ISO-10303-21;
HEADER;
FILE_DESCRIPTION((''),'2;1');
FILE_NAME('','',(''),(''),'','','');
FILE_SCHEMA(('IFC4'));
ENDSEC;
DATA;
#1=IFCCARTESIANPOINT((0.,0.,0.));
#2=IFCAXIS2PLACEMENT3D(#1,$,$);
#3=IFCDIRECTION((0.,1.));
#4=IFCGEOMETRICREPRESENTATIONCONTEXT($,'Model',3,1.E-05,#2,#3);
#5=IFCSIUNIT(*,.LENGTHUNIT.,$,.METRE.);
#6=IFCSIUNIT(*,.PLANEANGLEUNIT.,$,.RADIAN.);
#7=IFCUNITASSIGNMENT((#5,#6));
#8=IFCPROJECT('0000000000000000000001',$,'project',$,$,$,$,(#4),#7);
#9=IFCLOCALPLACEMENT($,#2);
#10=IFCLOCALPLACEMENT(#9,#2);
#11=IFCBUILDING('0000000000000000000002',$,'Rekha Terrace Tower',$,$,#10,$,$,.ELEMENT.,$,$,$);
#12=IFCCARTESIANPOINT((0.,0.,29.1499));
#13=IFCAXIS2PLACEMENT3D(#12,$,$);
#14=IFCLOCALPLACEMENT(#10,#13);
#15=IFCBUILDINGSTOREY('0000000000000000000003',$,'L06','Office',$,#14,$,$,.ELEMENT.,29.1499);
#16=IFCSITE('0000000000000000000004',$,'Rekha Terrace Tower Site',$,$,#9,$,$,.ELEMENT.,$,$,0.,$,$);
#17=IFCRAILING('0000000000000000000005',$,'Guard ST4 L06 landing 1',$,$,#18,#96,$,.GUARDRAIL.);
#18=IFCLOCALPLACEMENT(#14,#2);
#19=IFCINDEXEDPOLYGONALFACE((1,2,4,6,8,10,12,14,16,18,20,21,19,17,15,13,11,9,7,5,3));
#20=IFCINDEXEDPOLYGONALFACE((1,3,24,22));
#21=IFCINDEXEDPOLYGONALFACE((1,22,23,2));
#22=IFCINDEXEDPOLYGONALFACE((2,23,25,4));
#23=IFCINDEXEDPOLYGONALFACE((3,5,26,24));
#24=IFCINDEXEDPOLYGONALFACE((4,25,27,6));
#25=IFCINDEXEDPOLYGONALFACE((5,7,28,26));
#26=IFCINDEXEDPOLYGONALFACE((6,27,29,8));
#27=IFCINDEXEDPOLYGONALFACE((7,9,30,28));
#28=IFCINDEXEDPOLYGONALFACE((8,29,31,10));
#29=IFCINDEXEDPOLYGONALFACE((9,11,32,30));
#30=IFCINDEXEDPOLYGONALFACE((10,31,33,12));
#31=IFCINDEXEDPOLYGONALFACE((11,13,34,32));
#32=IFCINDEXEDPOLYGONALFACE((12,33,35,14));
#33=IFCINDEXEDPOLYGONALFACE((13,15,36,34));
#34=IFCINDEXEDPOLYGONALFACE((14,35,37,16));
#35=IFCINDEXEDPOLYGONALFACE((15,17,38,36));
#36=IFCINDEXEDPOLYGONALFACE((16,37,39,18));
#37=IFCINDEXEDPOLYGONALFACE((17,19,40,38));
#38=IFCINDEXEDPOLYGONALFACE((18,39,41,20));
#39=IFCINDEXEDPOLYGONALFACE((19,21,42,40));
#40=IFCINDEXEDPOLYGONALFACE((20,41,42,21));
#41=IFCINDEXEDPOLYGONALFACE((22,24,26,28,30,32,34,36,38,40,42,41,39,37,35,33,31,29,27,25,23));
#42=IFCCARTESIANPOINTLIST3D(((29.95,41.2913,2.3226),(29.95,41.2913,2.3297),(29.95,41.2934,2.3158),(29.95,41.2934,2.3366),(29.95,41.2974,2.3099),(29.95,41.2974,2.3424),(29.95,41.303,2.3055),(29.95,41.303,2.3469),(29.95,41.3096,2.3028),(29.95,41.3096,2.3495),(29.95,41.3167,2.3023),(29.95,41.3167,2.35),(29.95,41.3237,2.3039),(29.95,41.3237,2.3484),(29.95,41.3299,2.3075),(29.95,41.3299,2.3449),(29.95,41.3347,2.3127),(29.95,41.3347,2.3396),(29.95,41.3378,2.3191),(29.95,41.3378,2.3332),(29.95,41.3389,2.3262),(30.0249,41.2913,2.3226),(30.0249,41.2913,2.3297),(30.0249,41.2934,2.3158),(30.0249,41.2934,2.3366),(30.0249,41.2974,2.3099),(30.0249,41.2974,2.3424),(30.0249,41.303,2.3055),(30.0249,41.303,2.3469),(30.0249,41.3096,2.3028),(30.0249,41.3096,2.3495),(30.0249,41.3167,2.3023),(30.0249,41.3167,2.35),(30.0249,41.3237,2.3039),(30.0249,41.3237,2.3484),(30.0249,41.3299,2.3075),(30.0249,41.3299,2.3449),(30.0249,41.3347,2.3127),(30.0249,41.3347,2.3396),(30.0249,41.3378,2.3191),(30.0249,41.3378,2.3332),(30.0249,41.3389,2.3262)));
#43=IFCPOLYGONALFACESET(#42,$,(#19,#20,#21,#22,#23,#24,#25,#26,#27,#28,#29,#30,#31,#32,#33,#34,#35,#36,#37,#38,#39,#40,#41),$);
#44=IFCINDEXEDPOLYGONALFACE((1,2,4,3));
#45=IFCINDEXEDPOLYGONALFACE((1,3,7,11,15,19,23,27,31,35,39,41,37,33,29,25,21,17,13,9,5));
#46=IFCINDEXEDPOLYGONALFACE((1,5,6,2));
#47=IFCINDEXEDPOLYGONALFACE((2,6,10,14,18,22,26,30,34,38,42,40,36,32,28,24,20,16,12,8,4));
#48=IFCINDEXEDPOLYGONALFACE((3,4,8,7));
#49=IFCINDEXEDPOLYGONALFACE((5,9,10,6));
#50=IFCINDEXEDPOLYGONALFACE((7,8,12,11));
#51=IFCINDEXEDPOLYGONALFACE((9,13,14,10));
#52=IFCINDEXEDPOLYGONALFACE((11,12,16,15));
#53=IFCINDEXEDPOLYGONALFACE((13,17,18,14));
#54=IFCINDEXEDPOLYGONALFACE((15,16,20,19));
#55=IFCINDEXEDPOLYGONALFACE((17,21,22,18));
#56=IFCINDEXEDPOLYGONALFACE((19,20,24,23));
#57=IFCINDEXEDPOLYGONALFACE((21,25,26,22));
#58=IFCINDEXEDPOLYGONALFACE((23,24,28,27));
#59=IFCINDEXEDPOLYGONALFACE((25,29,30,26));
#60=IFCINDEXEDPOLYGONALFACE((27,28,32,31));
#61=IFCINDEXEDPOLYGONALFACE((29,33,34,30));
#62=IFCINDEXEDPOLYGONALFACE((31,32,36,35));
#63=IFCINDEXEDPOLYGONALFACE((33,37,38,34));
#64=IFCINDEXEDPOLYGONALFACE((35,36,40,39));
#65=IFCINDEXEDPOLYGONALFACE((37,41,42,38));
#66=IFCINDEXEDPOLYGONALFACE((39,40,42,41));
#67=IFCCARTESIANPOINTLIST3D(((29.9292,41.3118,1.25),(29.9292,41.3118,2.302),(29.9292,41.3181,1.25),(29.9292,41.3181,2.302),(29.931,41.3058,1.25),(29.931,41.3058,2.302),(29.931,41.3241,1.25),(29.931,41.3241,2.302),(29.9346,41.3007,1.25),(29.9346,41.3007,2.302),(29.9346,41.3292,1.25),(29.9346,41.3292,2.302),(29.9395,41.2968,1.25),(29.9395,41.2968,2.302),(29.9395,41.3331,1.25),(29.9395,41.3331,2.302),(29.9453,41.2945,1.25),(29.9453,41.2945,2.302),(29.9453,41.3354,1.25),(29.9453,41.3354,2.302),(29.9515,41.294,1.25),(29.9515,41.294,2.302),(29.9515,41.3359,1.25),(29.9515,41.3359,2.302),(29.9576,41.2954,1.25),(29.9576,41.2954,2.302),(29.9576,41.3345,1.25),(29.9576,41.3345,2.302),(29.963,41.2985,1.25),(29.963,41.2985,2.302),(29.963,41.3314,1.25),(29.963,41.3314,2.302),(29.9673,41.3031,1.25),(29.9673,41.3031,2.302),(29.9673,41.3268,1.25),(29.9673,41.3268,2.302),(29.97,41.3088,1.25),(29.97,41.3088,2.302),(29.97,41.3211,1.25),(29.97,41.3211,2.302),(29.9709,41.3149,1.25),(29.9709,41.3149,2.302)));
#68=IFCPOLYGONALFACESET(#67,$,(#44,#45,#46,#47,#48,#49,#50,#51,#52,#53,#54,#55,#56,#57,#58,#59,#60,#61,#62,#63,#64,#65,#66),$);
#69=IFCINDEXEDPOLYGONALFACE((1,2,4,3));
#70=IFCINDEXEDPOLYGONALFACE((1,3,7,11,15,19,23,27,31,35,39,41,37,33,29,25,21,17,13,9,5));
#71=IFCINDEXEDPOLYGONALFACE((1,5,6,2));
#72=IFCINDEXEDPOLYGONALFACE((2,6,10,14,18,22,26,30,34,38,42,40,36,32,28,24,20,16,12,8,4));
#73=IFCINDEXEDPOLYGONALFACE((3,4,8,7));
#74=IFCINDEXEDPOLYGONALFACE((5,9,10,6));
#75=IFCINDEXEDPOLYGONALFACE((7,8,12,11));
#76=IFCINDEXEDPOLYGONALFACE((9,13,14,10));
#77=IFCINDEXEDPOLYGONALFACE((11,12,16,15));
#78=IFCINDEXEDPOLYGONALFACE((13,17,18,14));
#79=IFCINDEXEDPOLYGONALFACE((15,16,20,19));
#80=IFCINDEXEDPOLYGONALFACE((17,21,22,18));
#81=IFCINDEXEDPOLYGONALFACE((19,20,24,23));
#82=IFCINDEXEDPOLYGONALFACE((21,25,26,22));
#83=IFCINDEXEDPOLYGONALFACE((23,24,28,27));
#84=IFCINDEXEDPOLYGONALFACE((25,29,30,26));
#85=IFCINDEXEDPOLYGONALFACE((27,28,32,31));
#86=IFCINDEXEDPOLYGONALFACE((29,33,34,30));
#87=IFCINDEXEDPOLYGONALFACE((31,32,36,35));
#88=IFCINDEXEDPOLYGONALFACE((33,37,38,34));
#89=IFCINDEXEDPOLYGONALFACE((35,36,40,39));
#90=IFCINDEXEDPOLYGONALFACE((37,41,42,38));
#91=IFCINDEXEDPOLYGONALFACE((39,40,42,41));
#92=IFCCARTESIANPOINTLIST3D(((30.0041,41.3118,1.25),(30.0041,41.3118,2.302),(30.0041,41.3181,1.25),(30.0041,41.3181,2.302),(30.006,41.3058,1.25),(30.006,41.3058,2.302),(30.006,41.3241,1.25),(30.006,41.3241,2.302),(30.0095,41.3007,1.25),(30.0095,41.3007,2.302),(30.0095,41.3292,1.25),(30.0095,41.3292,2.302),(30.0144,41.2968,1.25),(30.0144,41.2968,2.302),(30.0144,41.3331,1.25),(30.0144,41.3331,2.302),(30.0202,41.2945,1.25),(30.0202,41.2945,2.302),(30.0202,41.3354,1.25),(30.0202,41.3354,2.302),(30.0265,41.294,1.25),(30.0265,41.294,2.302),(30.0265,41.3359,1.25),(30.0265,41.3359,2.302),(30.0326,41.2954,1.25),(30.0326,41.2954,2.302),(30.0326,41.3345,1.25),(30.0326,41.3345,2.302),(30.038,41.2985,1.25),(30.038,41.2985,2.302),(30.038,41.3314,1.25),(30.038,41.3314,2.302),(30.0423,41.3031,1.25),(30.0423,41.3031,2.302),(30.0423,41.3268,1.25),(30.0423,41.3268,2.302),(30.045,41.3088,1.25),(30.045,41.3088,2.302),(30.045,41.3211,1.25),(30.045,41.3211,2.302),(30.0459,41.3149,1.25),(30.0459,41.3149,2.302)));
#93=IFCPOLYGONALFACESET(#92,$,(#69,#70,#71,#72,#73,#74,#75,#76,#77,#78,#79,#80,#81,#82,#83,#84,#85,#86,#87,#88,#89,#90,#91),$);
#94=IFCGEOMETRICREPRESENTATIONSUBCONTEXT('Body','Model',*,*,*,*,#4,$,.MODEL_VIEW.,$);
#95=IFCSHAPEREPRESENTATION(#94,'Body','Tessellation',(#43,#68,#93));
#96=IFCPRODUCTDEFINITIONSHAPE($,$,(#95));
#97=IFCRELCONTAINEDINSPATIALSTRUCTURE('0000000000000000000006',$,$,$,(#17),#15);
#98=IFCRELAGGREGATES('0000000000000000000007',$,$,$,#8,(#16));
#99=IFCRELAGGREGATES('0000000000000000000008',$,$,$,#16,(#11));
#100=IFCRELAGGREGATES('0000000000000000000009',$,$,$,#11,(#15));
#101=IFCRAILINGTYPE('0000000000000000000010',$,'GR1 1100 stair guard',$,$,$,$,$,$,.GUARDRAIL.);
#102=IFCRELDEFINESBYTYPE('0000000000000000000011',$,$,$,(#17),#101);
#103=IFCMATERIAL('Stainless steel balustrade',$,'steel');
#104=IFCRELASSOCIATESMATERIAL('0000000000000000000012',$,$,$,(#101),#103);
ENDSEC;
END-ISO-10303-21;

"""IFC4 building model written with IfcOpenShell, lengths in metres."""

from ifc_helpers import new_model, si_unit, direction, frame, origin, origin_2d, place, context, subcontext, project, spatial, circle, extrude, material, type_object, element, save


model = new_model("IFC4")

# Units and contexts
model_context = context("Model", 3, precision=1e-05, world=origin(), true_north=direction((0.0, 1.0)))
body_context = subcontext(model_context, "Body", "Model", "MODEL_VIEW")
ifc_project = project(units=[si_unit("LENGTHUNIT", "METRE"), si_unit("PLANEANGLEUNIT", "RADIAN")], contexts=[model_context])

# Site, building, storey
site_placement = place(None, origin())
site = spatial("IfcSite", under=ifc_project, at=site_placement, Name="Rekha Terrace Tower Site", CompositionType="ELEMENT", RefElevation=0.0)
building_placement = place(site_placement, origin())
building = spatial("IfcBuilding", under=site, at=building_placement, Name="Rekha Terrace Tower", CompositionType="ELEMENT")
storey_placement = place(building_placement, frame((0.0, 0.0, 29.1499)))
storey = spatial("IfcBuildingStorey", under=building, at=storey_placement, Name="L06", Description="Office", CompositionType="ELEMENT", Elevation=29.1499)

# Railing
ifc_material_1 = material(Name="Stainless steel balustrade", Category="steel")
railing_type_1 = type_object("IfcRailingType", Name="GR1 1100 stair guard", PredefinedType="GUARDRAIL", material=ifc_material_1)
railing_1_placement = place(storey_placement, frame((29.95, 41.3149, 1.25)))
element("IfcRailing", 1, at=railing_1_placement, inside=storey, type_object=railing_type_1, Name="Guard ST4 L06 landing 1", PredefinedType="GUARDRAIL", context=body_context, shape_type="SweptSolid", body=[
    extrude(circle(Radius=0.0239, at=origin_2d()), frame((0.0, 0.0, 1.0762), z_axis=(1.0, 0.0, 0.0), x_axis=(0.0, 1.0, 0.0)), (0.0, 0.0, 1.0), 0.075),
    extrude(circle(Radius=0.021, at=origin_2d()), origin(), (0.0, 0.0, 1.0), 1.052),
    extrude(circle(Radius=0.021, at=origin_2d()), frame((0.075, 0.0, 0.0)), (0.0, 0.0, 1.0), 1.052),
])

save(model, "model.ifc")
